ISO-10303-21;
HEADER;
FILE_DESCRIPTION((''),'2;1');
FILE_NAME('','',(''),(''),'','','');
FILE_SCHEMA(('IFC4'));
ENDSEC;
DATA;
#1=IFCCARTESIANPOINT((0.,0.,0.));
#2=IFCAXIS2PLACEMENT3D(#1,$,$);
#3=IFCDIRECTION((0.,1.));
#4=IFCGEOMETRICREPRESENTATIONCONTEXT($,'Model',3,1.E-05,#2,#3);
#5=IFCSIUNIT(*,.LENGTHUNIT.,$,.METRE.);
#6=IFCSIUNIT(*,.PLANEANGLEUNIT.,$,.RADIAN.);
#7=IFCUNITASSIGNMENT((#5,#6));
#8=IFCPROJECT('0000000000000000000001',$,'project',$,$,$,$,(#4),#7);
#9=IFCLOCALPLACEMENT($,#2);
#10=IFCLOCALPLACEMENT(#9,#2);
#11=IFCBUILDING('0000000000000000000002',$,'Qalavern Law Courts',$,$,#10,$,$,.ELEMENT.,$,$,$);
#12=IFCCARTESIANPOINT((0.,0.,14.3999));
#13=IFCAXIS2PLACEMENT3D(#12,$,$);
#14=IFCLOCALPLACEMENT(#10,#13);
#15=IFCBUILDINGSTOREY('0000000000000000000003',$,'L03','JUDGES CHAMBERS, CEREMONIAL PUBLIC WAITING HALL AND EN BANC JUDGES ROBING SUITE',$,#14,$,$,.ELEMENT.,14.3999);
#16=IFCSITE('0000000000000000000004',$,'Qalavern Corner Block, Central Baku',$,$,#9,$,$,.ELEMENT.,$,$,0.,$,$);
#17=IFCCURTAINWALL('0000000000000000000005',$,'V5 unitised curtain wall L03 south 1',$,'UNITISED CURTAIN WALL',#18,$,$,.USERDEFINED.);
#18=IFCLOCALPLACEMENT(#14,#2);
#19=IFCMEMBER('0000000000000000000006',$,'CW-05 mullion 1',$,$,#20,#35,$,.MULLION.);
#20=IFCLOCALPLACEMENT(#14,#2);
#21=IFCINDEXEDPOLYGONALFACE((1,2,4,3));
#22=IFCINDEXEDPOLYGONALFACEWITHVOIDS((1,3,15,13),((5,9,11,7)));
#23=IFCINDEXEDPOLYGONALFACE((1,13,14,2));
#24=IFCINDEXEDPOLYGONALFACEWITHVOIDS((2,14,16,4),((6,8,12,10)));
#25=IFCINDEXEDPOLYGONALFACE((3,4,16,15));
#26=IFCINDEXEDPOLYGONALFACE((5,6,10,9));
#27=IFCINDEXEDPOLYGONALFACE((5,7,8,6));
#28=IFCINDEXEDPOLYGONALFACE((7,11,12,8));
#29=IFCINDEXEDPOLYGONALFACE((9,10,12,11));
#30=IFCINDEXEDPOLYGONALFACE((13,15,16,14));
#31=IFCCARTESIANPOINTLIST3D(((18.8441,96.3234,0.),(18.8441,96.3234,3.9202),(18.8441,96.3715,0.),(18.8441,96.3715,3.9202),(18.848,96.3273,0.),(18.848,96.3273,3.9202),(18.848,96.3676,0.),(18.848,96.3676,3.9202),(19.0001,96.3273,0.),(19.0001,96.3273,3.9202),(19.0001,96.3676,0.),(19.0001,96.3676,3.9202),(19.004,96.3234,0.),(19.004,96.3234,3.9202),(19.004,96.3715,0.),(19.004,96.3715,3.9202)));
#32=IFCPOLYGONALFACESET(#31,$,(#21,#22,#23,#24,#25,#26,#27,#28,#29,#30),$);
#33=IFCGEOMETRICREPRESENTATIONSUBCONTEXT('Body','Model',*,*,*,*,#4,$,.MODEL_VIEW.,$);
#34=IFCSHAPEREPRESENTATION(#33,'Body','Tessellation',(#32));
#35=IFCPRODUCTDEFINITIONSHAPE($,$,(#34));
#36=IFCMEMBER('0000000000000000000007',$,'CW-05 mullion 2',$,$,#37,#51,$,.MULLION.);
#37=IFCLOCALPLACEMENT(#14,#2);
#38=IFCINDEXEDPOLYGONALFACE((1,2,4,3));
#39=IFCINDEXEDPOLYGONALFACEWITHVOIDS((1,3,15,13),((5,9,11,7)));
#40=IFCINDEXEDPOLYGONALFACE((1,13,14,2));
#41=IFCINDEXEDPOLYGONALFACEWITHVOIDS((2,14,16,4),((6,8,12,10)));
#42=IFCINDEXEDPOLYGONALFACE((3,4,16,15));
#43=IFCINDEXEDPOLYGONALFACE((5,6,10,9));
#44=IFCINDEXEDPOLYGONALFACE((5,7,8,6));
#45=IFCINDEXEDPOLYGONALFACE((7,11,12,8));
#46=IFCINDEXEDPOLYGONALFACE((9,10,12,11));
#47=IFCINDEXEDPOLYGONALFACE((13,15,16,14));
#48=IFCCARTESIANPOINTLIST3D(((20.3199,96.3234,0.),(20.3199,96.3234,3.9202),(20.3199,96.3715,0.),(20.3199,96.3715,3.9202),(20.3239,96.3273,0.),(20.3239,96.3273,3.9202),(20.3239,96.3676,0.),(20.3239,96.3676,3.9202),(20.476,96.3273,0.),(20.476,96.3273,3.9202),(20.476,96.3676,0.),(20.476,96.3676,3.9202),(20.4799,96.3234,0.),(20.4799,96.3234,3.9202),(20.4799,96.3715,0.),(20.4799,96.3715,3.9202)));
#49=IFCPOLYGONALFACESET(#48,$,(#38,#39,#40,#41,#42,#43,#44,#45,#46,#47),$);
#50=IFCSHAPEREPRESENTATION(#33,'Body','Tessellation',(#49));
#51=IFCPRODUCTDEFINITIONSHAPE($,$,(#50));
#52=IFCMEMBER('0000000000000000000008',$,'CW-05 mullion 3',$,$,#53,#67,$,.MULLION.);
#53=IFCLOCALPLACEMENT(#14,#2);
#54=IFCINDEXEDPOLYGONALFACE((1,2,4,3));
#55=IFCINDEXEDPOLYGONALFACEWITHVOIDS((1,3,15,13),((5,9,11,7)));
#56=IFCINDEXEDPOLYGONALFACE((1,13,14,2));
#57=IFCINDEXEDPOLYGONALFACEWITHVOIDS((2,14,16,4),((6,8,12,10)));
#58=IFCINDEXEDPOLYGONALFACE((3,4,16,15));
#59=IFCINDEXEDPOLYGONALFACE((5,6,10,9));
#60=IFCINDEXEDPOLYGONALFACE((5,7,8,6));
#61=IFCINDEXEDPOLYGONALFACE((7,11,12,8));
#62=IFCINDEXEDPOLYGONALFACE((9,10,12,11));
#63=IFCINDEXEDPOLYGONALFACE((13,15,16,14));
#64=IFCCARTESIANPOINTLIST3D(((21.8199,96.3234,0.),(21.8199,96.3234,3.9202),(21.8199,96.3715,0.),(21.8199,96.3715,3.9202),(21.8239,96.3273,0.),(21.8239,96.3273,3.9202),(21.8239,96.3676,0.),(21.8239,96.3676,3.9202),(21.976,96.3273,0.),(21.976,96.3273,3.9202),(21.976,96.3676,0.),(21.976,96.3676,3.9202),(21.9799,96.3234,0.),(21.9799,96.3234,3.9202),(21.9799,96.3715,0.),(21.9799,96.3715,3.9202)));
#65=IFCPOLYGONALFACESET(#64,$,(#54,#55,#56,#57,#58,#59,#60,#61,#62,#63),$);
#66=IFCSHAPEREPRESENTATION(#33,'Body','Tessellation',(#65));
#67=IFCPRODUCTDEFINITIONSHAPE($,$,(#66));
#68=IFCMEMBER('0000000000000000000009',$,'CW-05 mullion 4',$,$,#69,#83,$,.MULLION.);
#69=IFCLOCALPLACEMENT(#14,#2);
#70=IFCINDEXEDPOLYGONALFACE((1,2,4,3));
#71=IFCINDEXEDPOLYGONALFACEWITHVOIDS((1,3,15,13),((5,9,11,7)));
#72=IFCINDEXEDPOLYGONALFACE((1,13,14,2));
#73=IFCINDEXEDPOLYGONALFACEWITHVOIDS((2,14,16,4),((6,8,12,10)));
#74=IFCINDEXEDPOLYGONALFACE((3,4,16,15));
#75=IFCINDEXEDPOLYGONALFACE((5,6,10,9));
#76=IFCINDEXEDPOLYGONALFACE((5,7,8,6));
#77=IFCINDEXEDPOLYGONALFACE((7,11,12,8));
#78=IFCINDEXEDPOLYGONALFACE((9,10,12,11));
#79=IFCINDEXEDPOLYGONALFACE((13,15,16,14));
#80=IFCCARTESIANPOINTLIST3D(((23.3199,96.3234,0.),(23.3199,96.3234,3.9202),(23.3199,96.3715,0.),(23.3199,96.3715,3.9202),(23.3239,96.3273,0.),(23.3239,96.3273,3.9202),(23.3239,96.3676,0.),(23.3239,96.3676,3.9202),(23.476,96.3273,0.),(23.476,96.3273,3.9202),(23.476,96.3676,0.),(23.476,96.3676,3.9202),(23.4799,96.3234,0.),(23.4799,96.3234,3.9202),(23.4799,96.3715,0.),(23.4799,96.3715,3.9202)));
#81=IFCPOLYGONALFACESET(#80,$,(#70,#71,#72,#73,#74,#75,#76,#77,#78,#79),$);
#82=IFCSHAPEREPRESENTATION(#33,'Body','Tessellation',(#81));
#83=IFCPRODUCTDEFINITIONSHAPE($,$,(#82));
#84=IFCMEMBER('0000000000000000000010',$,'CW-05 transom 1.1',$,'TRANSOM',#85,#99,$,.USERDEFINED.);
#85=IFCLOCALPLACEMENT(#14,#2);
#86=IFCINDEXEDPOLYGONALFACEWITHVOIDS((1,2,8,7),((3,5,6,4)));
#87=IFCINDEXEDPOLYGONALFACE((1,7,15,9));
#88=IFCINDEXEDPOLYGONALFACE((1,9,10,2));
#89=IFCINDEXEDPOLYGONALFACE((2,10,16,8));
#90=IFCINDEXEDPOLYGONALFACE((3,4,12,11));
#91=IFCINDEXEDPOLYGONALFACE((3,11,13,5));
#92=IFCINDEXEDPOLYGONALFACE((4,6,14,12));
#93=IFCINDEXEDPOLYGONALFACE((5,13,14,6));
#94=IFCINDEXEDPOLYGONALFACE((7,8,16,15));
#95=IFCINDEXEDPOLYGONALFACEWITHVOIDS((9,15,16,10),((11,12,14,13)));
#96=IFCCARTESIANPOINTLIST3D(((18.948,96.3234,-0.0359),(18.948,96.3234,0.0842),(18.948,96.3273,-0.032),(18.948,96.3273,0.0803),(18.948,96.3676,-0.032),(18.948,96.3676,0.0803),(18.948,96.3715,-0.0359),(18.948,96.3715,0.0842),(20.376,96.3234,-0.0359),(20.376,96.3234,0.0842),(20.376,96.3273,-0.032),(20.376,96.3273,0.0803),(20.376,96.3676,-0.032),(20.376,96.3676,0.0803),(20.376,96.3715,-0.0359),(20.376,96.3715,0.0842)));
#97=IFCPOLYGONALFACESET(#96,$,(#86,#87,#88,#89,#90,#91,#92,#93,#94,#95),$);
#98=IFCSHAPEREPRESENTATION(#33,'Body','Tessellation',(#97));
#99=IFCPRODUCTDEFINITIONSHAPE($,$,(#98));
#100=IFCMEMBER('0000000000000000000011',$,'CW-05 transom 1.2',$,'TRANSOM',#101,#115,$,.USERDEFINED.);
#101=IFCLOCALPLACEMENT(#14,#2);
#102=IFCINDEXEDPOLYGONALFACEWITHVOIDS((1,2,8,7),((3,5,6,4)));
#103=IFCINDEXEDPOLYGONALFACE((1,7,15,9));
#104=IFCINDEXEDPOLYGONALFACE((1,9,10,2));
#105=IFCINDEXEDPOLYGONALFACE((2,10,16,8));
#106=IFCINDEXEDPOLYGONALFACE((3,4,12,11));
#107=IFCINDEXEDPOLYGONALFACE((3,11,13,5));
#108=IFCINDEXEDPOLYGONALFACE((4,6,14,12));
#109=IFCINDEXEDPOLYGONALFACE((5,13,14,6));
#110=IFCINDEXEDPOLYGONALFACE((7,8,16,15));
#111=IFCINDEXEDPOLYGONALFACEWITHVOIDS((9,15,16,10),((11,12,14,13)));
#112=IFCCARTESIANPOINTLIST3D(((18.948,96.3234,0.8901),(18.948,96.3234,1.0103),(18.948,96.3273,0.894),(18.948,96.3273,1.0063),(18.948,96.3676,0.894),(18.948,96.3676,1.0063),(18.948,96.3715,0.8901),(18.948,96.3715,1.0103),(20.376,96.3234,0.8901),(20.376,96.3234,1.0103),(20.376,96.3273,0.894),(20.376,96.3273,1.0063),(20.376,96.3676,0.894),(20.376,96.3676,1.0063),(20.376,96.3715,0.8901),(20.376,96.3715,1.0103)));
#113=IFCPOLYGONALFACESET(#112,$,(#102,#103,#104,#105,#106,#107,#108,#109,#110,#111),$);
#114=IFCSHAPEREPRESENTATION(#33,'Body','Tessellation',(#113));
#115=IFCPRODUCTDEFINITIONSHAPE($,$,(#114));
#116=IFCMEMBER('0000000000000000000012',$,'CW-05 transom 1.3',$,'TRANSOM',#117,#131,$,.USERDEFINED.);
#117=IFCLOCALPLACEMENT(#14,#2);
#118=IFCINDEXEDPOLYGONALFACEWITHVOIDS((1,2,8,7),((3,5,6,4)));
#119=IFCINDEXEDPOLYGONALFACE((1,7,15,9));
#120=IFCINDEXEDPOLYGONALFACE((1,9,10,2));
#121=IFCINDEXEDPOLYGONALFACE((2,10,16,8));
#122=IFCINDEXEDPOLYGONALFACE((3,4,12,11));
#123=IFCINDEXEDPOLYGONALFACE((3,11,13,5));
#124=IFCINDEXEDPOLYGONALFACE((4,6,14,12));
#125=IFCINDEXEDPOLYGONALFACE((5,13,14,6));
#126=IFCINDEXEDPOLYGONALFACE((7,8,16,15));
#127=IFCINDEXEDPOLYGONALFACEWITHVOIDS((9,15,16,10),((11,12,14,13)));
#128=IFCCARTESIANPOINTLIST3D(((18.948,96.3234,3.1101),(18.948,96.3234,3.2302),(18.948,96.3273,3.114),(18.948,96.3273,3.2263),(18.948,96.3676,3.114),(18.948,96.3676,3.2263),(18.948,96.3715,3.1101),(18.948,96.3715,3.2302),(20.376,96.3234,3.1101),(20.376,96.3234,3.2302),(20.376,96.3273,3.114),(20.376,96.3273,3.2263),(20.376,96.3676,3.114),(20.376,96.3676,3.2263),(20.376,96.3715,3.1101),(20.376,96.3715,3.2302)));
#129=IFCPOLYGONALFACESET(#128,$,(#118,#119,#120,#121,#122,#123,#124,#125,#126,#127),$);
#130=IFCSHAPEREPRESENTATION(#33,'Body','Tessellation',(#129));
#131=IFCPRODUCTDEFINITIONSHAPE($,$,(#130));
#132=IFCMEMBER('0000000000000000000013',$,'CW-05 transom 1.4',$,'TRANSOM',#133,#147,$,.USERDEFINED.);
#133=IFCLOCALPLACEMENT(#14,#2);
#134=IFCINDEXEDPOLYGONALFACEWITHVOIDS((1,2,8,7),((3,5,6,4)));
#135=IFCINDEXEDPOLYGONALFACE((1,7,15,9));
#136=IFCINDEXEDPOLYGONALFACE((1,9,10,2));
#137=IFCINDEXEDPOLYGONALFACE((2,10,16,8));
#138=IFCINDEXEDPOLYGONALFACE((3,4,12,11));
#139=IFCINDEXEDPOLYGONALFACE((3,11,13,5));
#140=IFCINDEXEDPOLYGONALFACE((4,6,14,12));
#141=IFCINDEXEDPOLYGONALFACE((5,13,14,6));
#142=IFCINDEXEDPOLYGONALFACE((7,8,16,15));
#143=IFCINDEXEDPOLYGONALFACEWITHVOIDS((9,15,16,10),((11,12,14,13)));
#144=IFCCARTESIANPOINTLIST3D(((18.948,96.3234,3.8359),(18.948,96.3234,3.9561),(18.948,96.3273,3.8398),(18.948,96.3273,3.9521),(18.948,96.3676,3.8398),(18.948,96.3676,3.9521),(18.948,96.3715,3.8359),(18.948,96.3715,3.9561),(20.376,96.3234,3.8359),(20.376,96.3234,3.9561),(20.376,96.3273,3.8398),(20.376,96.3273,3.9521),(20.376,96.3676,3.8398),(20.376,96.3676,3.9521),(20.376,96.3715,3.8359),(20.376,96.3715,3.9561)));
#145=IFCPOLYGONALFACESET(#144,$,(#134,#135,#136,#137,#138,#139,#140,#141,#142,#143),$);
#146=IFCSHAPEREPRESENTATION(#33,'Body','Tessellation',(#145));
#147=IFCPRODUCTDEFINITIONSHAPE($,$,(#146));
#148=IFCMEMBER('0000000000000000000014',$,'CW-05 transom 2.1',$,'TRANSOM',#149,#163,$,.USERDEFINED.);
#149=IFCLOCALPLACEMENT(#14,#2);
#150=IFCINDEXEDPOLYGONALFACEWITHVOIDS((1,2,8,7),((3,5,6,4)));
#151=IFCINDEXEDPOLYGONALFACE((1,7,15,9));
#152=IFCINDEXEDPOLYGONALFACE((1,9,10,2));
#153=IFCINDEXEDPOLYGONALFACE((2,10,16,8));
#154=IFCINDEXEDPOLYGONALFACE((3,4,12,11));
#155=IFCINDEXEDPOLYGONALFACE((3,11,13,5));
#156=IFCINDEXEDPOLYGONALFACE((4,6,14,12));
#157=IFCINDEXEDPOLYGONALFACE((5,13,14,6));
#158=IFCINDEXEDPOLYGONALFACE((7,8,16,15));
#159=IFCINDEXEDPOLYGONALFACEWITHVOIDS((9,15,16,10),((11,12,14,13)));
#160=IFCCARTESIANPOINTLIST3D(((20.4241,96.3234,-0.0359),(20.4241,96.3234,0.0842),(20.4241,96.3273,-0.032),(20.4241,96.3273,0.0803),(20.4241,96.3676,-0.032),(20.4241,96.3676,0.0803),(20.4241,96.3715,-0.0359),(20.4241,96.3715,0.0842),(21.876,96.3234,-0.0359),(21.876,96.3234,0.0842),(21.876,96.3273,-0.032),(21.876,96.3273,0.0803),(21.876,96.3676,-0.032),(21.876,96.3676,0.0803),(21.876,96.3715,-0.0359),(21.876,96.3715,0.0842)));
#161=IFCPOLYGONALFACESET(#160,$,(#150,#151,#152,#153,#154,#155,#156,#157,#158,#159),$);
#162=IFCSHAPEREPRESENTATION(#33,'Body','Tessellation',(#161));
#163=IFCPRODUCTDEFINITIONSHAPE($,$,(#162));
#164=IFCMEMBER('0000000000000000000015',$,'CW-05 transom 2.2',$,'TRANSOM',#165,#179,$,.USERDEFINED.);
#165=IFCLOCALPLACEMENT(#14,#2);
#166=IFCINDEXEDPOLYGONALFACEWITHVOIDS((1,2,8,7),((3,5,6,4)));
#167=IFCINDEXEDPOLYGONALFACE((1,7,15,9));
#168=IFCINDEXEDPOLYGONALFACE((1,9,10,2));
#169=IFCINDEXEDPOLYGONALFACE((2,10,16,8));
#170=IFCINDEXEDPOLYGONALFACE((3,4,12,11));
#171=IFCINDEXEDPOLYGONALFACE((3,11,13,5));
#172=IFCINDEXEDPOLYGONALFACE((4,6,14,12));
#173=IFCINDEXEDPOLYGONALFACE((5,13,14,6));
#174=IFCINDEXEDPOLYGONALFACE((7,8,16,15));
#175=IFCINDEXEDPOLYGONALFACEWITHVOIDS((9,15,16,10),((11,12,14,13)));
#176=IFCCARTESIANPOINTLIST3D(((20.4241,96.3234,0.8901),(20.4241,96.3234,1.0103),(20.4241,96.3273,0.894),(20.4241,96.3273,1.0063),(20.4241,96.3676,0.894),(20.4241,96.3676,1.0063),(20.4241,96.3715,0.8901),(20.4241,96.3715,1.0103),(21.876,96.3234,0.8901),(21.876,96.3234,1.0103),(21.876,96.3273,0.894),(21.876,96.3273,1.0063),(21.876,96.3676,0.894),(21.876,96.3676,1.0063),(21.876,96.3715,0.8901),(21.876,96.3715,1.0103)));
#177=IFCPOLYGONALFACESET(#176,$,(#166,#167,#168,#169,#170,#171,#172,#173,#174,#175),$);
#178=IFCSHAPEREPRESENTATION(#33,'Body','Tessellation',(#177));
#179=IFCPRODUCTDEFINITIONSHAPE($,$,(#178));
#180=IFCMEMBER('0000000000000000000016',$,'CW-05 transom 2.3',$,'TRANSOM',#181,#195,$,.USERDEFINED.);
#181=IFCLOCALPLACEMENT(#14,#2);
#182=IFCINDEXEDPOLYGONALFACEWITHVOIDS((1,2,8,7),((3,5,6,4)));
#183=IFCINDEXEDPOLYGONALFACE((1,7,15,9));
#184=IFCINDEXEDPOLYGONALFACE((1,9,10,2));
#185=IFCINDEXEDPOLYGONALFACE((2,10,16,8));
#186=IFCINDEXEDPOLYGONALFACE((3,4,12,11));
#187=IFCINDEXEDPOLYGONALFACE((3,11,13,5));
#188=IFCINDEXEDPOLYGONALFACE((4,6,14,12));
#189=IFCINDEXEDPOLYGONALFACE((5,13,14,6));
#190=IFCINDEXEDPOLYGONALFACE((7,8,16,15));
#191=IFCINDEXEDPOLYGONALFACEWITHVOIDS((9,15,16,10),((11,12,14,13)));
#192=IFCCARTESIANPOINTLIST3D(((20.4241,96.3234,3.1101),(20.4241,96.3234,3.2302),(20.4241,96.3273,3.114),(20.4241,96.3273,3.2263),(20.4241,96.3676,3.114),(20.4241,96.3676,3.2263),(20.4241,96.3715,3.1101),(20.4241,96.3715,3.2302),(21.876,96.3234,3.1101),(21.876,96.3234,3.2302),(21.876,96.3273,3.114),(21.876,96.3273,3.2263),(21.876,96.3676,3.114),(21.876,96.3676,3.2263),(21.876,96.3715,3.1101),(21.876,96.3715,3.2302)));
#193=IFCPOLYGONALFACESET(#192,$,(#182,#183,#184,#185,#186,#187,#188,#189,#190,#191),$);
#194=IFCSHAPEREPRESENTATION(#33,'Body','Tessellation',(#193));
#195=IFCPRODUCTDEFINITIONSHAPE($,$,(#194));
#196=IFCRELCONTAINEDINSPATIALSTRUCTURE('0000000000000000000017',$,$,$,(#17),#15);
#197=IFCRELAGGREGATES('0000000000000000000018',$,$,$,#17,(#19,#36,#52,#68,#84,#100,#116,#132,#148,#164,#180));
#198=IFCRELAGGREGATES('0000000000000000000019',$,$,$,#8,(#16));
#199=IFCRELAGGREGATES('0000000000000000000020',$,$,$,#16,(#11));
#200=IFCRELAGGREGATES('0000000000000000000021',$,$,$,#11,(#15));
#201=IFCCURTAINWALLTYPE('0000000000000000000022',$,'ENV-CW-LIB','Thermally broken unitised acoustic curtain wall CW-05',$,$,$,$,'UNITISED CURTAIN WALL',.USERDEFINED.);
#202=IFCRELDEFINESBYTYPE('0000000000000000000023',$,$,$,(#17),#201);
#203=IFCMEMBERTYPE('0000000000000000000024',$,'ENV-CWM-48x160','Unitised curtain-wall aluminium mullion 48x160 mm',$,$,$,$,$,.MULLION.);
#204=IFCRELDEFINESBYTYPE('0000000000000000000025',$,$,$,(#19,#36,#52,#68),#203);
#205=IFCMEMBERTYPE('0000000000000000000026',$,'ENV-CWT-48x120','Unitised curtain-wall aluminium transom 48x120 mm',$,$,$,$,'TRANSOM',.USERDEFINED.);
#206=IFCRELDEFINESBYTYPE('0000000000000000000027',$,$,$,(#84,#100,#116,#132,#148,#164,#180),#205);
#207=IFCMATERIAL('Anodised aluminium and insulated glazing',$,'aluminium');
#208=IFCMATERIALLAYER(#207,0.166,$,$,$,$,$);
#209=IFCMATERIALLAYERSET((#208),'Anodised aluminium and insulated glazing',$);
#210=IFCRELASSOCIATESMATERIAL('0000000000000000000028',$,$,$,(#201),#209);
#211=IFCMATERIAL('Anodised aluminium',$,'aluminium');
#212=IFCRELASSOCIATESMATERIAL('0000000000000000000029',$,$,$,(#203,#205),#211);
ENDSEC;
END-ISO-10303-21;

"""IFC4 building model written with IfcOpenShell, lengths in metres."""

from ifc_helpers import new_model, si_unit, direction, frame, origin, origin_2d, place, context, subcontext, project, spatial, hollow_rectangle, extrude, material, layer, layer_set, material_profile, profile_set, type_object, element, aggregate, save


model = new_model("IFC4")

# Units and contexts
model_context = context("Model", 3, precision=1e-05, world=origin(), true_north=direction((0.0, 1.0)))
body_context = subcontext(model_context, "Body", "Model", "MODEL_VIEW")
ifc_project = project(units=[si_unit("LENGTHUNIT", "METRE"), si_unit("PLANEANGLEUNIT", "RADIAN")], contexts=[model_context])

# Site, building, storey
site_placement = place(None, origin())
site = spatial("IfcSite", under=ifc_project, at=site_placement, Name="Qalavern Corner Block, Central Baku", CompositionType="ELEMENT", RefElevation=0.0)
building_placement = place(site_placement, origin())
building = spatial("IfcBuilding", under=site, at=building_placement, Name="Qalavern Law Courts", CompositionType="ELEMENT")
storey_placement = place(building_placement, frame((0.0, 0.0, 14.3999)))
storey = spatial("IfcBuildingStorey", under=building, at=storey_placement, Name="L03", Description="JUDGES CHAMBERS, CEREMONIAL PUBLIC WAITING HALL AND EN BANC JUDGES ROBING SUITE", CompositionType="ELEMENT", Elevation=14.3999)

# Curtain wall, members
ifc_material_1 = material(Name="Anodised aluminium and insulated glazing", Category="aluminium")
ifc_layer_1 = layer(ifc_material_1, 0.166)
ifc_layer_set_1 = layer_set([ifc_layer_1], Name="Anodised aluminium and insulated glazing")
curtain_wall_type = type_object("IfcCurtainWallType", Name="ENV-CW-LIB", Description="Thermally broken unitised acoustic curtain wall CW-05", ElementType="UNITISED CURTAIN WALL", PredefinedType="USERDEFINED", material=ifc_layer_set_1)
curtain_wall_placement = place(storey_placement, origin())
curtain_wall = element("IfcCurtainWall", 1, at=curtain_wall_placement, inside=storey, type_object=curtain_wall_type, Name="V5 unitised curtain wall L03 south 1", ObjectType="UNITISED CURTAIN WALL", PredefinedType="USERDEFINED")
ifc_material_2 = material(Name="Anodised aluminium", Category="aluminium")
ifc_material_profile_1 = material_profile(ifc_material_2, hollow_rectangle(XDim=0.0481, YDim=0.1599, WallThickness=0.0039, at=origin_2d()), Name="ALU MULLION 48x160")
ifc_profile_set_1 = profile_set([ifc_material_profile_1], Name="Anodised aluminium")
member_type_1 = type_object("IfcMemberType", Name="ENV-CWM-48x160", Description="Unitised curtain-wall aluminium mullion 48x160 mm", PredefinedType="MULLION", material=ifc_profile_set_1)
member_1_placement = place(storey_placement, frame((18.9241, 96.3474, 0.0), z_axis=(0.0, 0.0, 1.0), x_axis=(0.0, 1.0, 0.0)))
member_1 = element("IfcMember", 2, at=member_1_placement, type_object=member_type_1, Name="CW-05 mullion 1", PredefinedType="MULLION", context=body_context, shape_type="SweptSolid", body=[
    extrude(hollow_rectangle(XDim=0.0481, YDim=0.1599, WallThickness=0.0039, at=origin_2d()), origin(), (0.0, 0.0, 1.0), 3.9202),
])
member_2_placement = place(storey_placement, frame((20.3999, 96.3474, 0.0), z_axis=(0.0, 0.0, 1.0), x_axis=(0.0, 1.0, 0.0)))
member_2 = element("IfcMember", 3, at=member_2_placement, type_object=member_type_1, Name="CW-05 mullion 2", PredefinedType="MULLION", context=body_context, shape_type="SweptSolid", body=[
    extrude(hollow_rectangle(XDim=0.0481, YDim=0.1599, WallThickness=0.0039, at=origin_2d()), origin(), (0.0, 0.0, 1.0), 3.9202),
])
member_3_placement = place(storey_placement, frame((21.8999, 96.3474, 0.0), z_axis=(0.0, 0.0, 1.0), x_axis=(0.0, 1.0, 0.0)))
member_3 = element("IfcMember", 4, at=member_3_placement, type_object=member_type_1, Name="CW-05 mullion 3", PredefinedType="MULLION", context=body_context, shape_type="SweptSolid", body=[
    extrude(hollow_rectangle(XDim=0.0481, YDim=0.1599, WallThickness=0.0039, at=origin_2d()), origin(), (0.0, 0.0, 1.0), 3.9202),
])
member_4_placement = place(storey_placement, frame((23.3999, 96.3474, 0.0), z_axis=(0.0, 0.0, 1.0), x_axis=(0.0, 1.0, 0.0)))
member_4 = element("IfcMember", 5, at=member_4_placement, type_object=member_type_1, Name="CW-05 mullion 4", PredefinedType="MULLION", context=body_context, shape_type="SweptSolid", body=[
    extrude(hollow_rectangle(XDim=0.0481, YDim=0.1599, WallThickness=0.0039, at=origin_2d()), origin(), (0.0, 0.0, 1.0), 3.9202),
])
ifc_material_profile_2 = material_profile(ifc_material_2, hollow_rectangle(XDim=0.0481, YDim=0.1201, WallThickness=0.0039, at=origin_2d()), Name="ALU TRANSOM 48x120")
ifc_profile_set_2 = profile_set([ifc_material_profile_2], Name="Anodised aluminium")
member_type_2 = type_object("IfcMemberType", Name="ENV-CWT-48x120", Description="Unitised curtain-wall aluminium transom 48x120 mm", ElementType="TRANSOM", PredefinedType="USERDEFINED", material=ifc_profile_set_2)
member_5_placement = place(storey_placement, frame((18.948, 96.3474, 0.0242), z_axis=(1.0, 0.0, 0.0), x_axis=(0.0, 1.0, 0.0)))
member_5 = element("IfcMember", 6, at=member_5_placement, type_object=member_type_2, Name="CW-05 transom 1.1", ObjectType="TRANSOM", PredefinedType="USERDEFINED", context=body_context, shape_type="SweptSolid", body=[
    extrude(hollow_rectangle(XDim=0.0481, YDim=0.1201, WallThickness=0.0039, at=origin_2d()), origin(), (0.0, 0.0, 1.0), 1.428),
])
member_6_placement = place(storey_placement, frame((18.948, 96.3474, 0.9502), z_axis=(1.0, 0.0, 0.0), x_axis=(0.0, 1.0, 0.0)))
member_6 = element("IfcMember", 7, at=member_6_placement, type_object=member_type_2, Name="CW-05 transom 1.2", ObjectType="TRANSOM", PredefinedType="USERDEFINED", context=body_context, shape_type="SweptSolid", body=[
    extrude(hollow_rectangle(XDim=0.0481, YDim=0.1201, WallThickness=0.0039, at=origin_2d()), origin(), (0.0, 0.0, 1.0), 1.428),
])
member_7_placement = place(storey_placement, frame((18.948, 96.3474, 3.1702), z_axis=(1.0, 0.0, 0.0), x_axis=(0.0, 1.0, 0.0)))
member_7 = element("IfcMember", 8, at=member_7_placement, type_object=member_type_2, Name="CW-05 transom 1.3", ObjectType="TRANSOM", PredefinedType="USERDEFINED", context=body_context, shape_type="SweptSolid", body=[
    extrude(hollow_rectangle(XDim=0.0481, YDim=0.1201, WallThickness=0.0039, at=origin_2d()), origin(), (0.0, 0.0, 1.0), 1.428),
])
member_8_placement = place(storey_placement, frame((18.948, 96.3474, 3.896), z_axis=(1.0, 0.0, 0.0), x_axis=(0.0, 1.0, 0.0)))
member_8 = element("IfcMember", 9, at=member_8_placement, type_object=member_type_2, Name="CW-05 transom 1.4", ObjectType="TRANSOM", PredefinedType="USERDEFINED", context=body_context, shape_type="SweptSolid", body=[
    extrude(hollow_rectangle(XDim=0.0481, YDim=0.1201, WallThickness=0.0039, at=origin_2d()), origin(), (0.0, 0.0, 1.0), 1.428),
])
member_9_placement = place(storey_placement, frame((20.4241, 96.3474, 0.0242), z_axis=(1.0, 0.0, 0.0), x_axis=(0.0, 1.0, 0.0)))
member_9 = element("IfcMember", 10, at=member_9_placement, type_object=member_type_2, Name="CW-05 transom 2.1", ObjectType="TRANSOM", PredefinedType="USERDEFINED", context=body_context, shape_type="SweptSolid", body=[
    extrude(hollow_rectangle(XDim=0.0481, YDim=0.1201, WallThickness=0.0039, at=origin_2d()), origin(), (0.0, 0.0, 1.0), 1.4519),
])
member_10_placement = place(storey_placement, frame((20.4241, 96.3474, 0.9502), z_axis=(1.0, 0.0, 0.0), x_axis=(0.0, 1.0, 0.0)))
member_10 = element("IfcMember", 11, at=member_10_placement, type_object=member_type_2, Name="CW-05 transom 2.2", ObjectType="TRANSOM", PredefinedType="USERDEFINED", context=body_context, shape_type="SweptSolid", body=[
    extrude(hollow_rectangle(XDim=0.0481, YDim=0.1201, WallThickness=0.0039, at=origin_2d()), origin(), (0.0, 0.0, 1.0), 1.4519),
])
member_11_placement = place(storey_placement, frame((20.4241, 96.3474, 3.1702), z_axis=(1.0, 0.0, 0.0), x_axis=(0.0, 1.0, 0.0)))
member_11 = element("IfcMember", 12, at=member_11_placement, type_object=member_type_2, Name="CW-05 transom 2.3", ObjectType="TRANSOM", PredefinedType="USERDEFINED", context=body_context, shape_type="SweptSolid", body=[
    extrude(hollow_rectangle(XDim=0.0481, YDim=0.1201, WallThickness=0.0039, at=origin_2d()), origin(), (0.0, 0.0, 1.0), 1.4519),
])
aggregate(curtain_wall, [member_1, member_2, member_3, member_4, member_5, member_6, member_7, member_8, member_9, member_10, member_11])

save(model, "model.ifc")
